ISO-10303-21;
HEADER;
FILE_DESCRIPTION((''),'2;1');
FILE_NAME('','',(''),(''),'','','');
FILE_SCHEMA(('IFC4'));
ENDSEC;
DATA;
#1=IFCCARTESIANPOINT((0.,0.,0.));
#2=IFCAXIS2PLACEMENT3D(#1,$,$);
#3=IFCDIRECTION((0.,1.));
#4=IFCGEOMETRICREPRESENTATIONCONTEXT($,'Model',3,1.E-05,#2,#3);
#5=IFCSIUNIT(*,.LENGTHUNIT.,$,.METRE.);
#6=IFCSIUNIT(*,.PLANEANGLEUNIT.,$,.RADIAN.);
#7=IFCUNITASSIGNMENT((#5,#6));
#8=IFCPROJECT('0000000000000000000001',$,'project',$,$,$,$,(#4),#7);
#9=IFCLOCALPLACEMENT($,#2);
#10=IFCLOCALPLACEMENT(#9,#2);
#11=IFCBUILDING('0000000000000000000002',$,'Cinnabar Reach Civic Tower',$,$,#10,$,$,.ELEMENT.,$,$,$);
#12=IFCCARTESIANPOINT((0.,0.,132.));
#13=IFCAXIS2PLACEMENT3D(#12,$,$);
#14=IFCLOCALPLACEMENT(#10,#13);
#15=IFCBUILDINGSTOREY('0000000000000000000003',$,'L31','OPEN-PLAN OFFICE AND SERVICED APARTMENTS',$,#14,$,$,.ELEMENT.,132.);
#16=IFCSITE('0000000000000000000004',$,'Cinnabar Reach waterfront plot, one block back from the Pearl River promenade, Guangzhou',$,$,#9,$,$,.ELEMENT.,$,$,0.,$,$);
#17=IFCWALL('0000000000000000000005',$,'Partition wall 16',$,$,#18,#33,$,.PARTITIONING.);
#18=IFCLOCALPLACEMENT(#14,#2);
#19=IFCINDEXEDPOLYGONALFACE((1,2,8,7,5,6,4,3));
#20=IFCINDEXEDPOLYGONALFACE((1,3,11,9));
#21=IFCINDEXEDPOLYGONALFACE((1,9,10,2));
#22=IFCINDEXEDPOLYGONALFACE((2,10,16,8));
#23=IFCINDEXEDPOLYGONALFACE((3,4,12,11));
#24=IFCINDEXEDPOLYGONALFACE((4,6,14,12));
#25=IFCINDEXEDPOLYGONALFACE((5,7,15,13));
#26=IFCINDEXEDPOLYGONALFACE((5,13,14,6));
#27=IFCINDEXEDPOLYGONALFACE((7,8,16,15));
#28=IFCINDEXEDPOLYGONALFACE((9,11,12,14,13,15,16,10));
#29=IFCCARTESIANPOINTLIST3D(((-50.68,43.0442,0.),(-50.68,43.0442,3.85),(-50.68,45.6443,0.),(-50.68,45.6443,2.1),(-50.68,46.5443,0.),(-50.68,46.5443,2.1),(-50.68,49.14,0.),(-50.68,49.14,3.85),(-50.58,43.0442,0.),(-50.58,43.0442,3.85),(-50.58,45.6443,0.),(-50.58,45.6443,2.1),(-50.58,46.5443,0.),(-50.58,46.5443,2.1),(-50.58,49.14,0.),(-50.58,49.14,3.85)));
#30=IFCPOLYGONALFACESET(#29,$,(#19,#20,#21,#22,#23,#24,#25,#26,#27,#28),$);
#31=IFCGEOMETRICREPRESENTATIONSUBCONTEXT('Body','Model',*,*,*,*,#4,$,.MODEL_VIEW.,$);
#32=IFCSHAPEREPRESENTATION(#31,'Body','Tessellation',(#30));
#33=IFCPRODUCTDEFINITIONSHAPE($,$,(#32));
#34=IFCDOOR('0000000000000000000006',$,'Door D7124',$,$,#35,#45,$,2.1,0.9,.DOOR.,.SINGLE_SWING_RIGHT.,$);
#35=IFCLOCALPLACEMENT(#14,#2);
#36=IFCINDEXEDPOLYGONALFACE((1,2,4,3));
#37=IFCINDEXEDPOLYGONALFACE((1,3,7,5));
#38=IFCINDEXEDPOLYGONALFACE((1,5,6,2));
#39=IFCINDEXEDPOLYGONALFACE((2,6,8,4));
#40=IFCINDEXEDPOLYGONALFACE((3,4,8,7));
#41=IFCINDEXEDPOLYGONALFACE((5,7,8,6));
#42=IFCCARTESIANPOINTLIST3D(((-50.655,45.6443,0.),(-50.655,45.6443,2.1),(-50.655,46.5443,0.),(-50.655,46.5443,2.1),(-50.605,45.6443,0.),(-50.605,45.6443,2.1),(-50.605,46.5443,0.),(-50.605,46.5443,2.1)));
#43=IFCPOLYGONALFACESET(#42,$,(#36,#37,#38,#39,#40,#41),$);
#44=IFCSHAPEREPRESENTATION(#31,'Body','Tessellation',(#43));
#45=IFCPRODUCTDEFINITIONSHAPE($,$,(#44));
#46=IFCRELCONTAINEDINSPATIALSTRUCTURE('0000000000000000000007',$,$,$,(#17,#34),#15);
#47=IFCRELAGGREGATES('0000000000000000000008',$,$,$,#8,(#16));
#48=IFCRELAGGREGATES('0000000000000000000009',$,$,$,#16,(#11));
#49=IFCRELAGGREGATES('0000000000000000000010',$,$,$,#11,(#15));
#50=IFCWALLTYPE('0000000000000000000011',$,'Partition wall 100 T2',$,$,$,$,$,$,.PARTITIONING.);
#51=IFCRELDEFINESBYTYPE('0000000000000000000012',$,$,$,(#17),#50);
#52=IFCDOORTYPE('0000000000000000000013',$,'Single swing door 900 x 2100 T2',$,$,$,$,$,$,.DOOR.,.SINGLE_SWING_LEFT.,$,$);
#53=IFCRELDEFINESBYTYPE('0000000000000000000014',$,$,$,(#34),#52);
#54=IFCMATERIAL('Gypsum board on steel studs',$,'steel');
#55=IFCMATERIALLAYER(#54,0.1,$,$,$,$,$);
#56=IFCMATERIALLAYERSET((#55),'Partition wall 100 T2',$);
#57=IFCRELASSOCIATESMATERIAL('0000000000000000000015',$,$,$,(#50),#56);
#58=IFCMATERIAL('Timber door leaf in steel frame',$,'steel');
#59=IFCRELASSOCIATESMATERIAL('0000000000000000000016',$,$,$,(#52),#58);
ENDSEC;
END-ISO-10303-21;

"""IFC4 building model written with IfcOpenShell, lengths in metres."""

from ifc_helpers import new_model, si_unit, direction, frame, frame_2d, origin, place, context, subcontext, project, spatial, rectangle, extrude, material, layer, layer_set, type_object, element, fill, save


model = new_model("IFC4")

# Units and contexts
model_context = context("Model", 3, precision=1e-05, world=origin(), true_north=direction((0.0, 1.0)))
body_context = subcontext(model_context, "Body", "Model", "MODEL_VIEW")
ifc_project = project(units=[si_unit("LENGTHUNIT", "METRE"), si_unit("PLANEANGLEUNIT", "RADIAN")], contexts=[model_context])

# Site, building, storey
site_placement = place(None, origin())
site = spatial("IfcSite", under=ifc_project, at=site_placement, Name="Cinnabar Reach waterfront plot, one block back from the Pearl River promenade, Guangzhou", CompositionType="ELEMENT", RefElevation=0.0)
building_placement = place(site_placement, origin())
building = spatial("IfcBuilding", under=site, at=building_placement, Name="Cinnabar Reach Civic Tower", CompositionType="ELEMENT")
storey_placement = place(building_placement, frame((0.0, 0.0, 132.0)))
storey = spatial("IfcBuildingStorey", under=building, at=storey_placement, Name="L31", Description="OPEN-PLAN OFFICE AND SERVICED APARTMENTS", CompositionType="ELEMENT", Elevation=132.0)

# Shared definitions
ifc_material_1 = material(Name="Gypsum board on steel studs", Category="steel")
ifc_layer_1 = layer(ifc_material_1, 0.1)
ifc_layer_set_1 = layer_set([ifc_layer_1], Name="Partition wall 100 T2")
wall_type_1 = type_object("IfcWallType", Name="Partition wall 100 T2", PredefinedType="PARTITIONING", material=ifc_layer_set_1)

# Wall, opening, door
wall_1_placement = place(storey_placement, frame((-50.63, 43.0443, 0.0), z_axis=(0.0, 0.0, 1.0), x_axis=(0.0, 1.0, 0.0)))
wall_1 = element("IfcWall", 1, at=wall_1_placement, inside=storey, type_object=wall_type_1, Name="Partition wall 16", PredefinedType="PARTITIONING", context=body_context, shape_type="SweptSolid", body=[
    extrude(rectangle(XDim=6.0957, YDim=0.1, at=frame_2d((3.0478, 0.0))), origin(), (0.0, 0.0, 1.0), 3.85),
])
opening_1_placement = place(wall_1_placement, frame((2.6, 0.0, 0.0)))
opening_1 = element("IfcOpeningElement", 2, at=opening_1_placement, cuts=wall_1, PredefinedType="OPENING", context=body_context, shape_type="SweptSolid", body=[
    extrude(rectangle(XDim=0.9, YDim=2.1, at=frame_2d((0.45, 1.05))), frame((0.0, 0.06, 0.0), z_axis=(0.0, -1.0, 0.0), x_axis=(1.0, 0.0, 0.0)), (0.0, 0.0, 1.0), 0.12),
])
ifc_material_2 = material(Name="Timber door leaf in steel frame", Category="steel")
door_type_1 = type_object("IfcDoorType", Name="Single swing door 900 x 2100 T2", OperationType="SINGLE_SWING_LEFT", PredefinedType="DOOR", material=ifc_material_2)
door_1_placement = place(opening_1_placement, frame((0.9, 0.0, 0.0), z_axis=(0.0, 0.0, 1.0), x_axis=(-1.0, 0.0, 0.0)))
door_1 = element("IfcDoor", 3, at=door_1_placement, inside=storey, type_object=door_type_1, Name="Door D7124", OperationType="SINGLE_SWING_RIGHT", OverallHeight=2.1, OverallWidth=0.9, PredefinedType="DOOR", context=body_context, shape_type="SweptSolid", body=[
    extrude(rectangle(XDim=0.9, YDim=2.1, at=frame_2d((0.45, 1.05))), frame((0.0, 0.025, 0.0), z_axis=(0.0, -1.0, 0.0), x_axis=(1.0, 0.0, 0.0)), (0.0, 0.0, 1.0), 0.05),
])
fill(opening_1, door_1)

save(model, "model.ifc")
